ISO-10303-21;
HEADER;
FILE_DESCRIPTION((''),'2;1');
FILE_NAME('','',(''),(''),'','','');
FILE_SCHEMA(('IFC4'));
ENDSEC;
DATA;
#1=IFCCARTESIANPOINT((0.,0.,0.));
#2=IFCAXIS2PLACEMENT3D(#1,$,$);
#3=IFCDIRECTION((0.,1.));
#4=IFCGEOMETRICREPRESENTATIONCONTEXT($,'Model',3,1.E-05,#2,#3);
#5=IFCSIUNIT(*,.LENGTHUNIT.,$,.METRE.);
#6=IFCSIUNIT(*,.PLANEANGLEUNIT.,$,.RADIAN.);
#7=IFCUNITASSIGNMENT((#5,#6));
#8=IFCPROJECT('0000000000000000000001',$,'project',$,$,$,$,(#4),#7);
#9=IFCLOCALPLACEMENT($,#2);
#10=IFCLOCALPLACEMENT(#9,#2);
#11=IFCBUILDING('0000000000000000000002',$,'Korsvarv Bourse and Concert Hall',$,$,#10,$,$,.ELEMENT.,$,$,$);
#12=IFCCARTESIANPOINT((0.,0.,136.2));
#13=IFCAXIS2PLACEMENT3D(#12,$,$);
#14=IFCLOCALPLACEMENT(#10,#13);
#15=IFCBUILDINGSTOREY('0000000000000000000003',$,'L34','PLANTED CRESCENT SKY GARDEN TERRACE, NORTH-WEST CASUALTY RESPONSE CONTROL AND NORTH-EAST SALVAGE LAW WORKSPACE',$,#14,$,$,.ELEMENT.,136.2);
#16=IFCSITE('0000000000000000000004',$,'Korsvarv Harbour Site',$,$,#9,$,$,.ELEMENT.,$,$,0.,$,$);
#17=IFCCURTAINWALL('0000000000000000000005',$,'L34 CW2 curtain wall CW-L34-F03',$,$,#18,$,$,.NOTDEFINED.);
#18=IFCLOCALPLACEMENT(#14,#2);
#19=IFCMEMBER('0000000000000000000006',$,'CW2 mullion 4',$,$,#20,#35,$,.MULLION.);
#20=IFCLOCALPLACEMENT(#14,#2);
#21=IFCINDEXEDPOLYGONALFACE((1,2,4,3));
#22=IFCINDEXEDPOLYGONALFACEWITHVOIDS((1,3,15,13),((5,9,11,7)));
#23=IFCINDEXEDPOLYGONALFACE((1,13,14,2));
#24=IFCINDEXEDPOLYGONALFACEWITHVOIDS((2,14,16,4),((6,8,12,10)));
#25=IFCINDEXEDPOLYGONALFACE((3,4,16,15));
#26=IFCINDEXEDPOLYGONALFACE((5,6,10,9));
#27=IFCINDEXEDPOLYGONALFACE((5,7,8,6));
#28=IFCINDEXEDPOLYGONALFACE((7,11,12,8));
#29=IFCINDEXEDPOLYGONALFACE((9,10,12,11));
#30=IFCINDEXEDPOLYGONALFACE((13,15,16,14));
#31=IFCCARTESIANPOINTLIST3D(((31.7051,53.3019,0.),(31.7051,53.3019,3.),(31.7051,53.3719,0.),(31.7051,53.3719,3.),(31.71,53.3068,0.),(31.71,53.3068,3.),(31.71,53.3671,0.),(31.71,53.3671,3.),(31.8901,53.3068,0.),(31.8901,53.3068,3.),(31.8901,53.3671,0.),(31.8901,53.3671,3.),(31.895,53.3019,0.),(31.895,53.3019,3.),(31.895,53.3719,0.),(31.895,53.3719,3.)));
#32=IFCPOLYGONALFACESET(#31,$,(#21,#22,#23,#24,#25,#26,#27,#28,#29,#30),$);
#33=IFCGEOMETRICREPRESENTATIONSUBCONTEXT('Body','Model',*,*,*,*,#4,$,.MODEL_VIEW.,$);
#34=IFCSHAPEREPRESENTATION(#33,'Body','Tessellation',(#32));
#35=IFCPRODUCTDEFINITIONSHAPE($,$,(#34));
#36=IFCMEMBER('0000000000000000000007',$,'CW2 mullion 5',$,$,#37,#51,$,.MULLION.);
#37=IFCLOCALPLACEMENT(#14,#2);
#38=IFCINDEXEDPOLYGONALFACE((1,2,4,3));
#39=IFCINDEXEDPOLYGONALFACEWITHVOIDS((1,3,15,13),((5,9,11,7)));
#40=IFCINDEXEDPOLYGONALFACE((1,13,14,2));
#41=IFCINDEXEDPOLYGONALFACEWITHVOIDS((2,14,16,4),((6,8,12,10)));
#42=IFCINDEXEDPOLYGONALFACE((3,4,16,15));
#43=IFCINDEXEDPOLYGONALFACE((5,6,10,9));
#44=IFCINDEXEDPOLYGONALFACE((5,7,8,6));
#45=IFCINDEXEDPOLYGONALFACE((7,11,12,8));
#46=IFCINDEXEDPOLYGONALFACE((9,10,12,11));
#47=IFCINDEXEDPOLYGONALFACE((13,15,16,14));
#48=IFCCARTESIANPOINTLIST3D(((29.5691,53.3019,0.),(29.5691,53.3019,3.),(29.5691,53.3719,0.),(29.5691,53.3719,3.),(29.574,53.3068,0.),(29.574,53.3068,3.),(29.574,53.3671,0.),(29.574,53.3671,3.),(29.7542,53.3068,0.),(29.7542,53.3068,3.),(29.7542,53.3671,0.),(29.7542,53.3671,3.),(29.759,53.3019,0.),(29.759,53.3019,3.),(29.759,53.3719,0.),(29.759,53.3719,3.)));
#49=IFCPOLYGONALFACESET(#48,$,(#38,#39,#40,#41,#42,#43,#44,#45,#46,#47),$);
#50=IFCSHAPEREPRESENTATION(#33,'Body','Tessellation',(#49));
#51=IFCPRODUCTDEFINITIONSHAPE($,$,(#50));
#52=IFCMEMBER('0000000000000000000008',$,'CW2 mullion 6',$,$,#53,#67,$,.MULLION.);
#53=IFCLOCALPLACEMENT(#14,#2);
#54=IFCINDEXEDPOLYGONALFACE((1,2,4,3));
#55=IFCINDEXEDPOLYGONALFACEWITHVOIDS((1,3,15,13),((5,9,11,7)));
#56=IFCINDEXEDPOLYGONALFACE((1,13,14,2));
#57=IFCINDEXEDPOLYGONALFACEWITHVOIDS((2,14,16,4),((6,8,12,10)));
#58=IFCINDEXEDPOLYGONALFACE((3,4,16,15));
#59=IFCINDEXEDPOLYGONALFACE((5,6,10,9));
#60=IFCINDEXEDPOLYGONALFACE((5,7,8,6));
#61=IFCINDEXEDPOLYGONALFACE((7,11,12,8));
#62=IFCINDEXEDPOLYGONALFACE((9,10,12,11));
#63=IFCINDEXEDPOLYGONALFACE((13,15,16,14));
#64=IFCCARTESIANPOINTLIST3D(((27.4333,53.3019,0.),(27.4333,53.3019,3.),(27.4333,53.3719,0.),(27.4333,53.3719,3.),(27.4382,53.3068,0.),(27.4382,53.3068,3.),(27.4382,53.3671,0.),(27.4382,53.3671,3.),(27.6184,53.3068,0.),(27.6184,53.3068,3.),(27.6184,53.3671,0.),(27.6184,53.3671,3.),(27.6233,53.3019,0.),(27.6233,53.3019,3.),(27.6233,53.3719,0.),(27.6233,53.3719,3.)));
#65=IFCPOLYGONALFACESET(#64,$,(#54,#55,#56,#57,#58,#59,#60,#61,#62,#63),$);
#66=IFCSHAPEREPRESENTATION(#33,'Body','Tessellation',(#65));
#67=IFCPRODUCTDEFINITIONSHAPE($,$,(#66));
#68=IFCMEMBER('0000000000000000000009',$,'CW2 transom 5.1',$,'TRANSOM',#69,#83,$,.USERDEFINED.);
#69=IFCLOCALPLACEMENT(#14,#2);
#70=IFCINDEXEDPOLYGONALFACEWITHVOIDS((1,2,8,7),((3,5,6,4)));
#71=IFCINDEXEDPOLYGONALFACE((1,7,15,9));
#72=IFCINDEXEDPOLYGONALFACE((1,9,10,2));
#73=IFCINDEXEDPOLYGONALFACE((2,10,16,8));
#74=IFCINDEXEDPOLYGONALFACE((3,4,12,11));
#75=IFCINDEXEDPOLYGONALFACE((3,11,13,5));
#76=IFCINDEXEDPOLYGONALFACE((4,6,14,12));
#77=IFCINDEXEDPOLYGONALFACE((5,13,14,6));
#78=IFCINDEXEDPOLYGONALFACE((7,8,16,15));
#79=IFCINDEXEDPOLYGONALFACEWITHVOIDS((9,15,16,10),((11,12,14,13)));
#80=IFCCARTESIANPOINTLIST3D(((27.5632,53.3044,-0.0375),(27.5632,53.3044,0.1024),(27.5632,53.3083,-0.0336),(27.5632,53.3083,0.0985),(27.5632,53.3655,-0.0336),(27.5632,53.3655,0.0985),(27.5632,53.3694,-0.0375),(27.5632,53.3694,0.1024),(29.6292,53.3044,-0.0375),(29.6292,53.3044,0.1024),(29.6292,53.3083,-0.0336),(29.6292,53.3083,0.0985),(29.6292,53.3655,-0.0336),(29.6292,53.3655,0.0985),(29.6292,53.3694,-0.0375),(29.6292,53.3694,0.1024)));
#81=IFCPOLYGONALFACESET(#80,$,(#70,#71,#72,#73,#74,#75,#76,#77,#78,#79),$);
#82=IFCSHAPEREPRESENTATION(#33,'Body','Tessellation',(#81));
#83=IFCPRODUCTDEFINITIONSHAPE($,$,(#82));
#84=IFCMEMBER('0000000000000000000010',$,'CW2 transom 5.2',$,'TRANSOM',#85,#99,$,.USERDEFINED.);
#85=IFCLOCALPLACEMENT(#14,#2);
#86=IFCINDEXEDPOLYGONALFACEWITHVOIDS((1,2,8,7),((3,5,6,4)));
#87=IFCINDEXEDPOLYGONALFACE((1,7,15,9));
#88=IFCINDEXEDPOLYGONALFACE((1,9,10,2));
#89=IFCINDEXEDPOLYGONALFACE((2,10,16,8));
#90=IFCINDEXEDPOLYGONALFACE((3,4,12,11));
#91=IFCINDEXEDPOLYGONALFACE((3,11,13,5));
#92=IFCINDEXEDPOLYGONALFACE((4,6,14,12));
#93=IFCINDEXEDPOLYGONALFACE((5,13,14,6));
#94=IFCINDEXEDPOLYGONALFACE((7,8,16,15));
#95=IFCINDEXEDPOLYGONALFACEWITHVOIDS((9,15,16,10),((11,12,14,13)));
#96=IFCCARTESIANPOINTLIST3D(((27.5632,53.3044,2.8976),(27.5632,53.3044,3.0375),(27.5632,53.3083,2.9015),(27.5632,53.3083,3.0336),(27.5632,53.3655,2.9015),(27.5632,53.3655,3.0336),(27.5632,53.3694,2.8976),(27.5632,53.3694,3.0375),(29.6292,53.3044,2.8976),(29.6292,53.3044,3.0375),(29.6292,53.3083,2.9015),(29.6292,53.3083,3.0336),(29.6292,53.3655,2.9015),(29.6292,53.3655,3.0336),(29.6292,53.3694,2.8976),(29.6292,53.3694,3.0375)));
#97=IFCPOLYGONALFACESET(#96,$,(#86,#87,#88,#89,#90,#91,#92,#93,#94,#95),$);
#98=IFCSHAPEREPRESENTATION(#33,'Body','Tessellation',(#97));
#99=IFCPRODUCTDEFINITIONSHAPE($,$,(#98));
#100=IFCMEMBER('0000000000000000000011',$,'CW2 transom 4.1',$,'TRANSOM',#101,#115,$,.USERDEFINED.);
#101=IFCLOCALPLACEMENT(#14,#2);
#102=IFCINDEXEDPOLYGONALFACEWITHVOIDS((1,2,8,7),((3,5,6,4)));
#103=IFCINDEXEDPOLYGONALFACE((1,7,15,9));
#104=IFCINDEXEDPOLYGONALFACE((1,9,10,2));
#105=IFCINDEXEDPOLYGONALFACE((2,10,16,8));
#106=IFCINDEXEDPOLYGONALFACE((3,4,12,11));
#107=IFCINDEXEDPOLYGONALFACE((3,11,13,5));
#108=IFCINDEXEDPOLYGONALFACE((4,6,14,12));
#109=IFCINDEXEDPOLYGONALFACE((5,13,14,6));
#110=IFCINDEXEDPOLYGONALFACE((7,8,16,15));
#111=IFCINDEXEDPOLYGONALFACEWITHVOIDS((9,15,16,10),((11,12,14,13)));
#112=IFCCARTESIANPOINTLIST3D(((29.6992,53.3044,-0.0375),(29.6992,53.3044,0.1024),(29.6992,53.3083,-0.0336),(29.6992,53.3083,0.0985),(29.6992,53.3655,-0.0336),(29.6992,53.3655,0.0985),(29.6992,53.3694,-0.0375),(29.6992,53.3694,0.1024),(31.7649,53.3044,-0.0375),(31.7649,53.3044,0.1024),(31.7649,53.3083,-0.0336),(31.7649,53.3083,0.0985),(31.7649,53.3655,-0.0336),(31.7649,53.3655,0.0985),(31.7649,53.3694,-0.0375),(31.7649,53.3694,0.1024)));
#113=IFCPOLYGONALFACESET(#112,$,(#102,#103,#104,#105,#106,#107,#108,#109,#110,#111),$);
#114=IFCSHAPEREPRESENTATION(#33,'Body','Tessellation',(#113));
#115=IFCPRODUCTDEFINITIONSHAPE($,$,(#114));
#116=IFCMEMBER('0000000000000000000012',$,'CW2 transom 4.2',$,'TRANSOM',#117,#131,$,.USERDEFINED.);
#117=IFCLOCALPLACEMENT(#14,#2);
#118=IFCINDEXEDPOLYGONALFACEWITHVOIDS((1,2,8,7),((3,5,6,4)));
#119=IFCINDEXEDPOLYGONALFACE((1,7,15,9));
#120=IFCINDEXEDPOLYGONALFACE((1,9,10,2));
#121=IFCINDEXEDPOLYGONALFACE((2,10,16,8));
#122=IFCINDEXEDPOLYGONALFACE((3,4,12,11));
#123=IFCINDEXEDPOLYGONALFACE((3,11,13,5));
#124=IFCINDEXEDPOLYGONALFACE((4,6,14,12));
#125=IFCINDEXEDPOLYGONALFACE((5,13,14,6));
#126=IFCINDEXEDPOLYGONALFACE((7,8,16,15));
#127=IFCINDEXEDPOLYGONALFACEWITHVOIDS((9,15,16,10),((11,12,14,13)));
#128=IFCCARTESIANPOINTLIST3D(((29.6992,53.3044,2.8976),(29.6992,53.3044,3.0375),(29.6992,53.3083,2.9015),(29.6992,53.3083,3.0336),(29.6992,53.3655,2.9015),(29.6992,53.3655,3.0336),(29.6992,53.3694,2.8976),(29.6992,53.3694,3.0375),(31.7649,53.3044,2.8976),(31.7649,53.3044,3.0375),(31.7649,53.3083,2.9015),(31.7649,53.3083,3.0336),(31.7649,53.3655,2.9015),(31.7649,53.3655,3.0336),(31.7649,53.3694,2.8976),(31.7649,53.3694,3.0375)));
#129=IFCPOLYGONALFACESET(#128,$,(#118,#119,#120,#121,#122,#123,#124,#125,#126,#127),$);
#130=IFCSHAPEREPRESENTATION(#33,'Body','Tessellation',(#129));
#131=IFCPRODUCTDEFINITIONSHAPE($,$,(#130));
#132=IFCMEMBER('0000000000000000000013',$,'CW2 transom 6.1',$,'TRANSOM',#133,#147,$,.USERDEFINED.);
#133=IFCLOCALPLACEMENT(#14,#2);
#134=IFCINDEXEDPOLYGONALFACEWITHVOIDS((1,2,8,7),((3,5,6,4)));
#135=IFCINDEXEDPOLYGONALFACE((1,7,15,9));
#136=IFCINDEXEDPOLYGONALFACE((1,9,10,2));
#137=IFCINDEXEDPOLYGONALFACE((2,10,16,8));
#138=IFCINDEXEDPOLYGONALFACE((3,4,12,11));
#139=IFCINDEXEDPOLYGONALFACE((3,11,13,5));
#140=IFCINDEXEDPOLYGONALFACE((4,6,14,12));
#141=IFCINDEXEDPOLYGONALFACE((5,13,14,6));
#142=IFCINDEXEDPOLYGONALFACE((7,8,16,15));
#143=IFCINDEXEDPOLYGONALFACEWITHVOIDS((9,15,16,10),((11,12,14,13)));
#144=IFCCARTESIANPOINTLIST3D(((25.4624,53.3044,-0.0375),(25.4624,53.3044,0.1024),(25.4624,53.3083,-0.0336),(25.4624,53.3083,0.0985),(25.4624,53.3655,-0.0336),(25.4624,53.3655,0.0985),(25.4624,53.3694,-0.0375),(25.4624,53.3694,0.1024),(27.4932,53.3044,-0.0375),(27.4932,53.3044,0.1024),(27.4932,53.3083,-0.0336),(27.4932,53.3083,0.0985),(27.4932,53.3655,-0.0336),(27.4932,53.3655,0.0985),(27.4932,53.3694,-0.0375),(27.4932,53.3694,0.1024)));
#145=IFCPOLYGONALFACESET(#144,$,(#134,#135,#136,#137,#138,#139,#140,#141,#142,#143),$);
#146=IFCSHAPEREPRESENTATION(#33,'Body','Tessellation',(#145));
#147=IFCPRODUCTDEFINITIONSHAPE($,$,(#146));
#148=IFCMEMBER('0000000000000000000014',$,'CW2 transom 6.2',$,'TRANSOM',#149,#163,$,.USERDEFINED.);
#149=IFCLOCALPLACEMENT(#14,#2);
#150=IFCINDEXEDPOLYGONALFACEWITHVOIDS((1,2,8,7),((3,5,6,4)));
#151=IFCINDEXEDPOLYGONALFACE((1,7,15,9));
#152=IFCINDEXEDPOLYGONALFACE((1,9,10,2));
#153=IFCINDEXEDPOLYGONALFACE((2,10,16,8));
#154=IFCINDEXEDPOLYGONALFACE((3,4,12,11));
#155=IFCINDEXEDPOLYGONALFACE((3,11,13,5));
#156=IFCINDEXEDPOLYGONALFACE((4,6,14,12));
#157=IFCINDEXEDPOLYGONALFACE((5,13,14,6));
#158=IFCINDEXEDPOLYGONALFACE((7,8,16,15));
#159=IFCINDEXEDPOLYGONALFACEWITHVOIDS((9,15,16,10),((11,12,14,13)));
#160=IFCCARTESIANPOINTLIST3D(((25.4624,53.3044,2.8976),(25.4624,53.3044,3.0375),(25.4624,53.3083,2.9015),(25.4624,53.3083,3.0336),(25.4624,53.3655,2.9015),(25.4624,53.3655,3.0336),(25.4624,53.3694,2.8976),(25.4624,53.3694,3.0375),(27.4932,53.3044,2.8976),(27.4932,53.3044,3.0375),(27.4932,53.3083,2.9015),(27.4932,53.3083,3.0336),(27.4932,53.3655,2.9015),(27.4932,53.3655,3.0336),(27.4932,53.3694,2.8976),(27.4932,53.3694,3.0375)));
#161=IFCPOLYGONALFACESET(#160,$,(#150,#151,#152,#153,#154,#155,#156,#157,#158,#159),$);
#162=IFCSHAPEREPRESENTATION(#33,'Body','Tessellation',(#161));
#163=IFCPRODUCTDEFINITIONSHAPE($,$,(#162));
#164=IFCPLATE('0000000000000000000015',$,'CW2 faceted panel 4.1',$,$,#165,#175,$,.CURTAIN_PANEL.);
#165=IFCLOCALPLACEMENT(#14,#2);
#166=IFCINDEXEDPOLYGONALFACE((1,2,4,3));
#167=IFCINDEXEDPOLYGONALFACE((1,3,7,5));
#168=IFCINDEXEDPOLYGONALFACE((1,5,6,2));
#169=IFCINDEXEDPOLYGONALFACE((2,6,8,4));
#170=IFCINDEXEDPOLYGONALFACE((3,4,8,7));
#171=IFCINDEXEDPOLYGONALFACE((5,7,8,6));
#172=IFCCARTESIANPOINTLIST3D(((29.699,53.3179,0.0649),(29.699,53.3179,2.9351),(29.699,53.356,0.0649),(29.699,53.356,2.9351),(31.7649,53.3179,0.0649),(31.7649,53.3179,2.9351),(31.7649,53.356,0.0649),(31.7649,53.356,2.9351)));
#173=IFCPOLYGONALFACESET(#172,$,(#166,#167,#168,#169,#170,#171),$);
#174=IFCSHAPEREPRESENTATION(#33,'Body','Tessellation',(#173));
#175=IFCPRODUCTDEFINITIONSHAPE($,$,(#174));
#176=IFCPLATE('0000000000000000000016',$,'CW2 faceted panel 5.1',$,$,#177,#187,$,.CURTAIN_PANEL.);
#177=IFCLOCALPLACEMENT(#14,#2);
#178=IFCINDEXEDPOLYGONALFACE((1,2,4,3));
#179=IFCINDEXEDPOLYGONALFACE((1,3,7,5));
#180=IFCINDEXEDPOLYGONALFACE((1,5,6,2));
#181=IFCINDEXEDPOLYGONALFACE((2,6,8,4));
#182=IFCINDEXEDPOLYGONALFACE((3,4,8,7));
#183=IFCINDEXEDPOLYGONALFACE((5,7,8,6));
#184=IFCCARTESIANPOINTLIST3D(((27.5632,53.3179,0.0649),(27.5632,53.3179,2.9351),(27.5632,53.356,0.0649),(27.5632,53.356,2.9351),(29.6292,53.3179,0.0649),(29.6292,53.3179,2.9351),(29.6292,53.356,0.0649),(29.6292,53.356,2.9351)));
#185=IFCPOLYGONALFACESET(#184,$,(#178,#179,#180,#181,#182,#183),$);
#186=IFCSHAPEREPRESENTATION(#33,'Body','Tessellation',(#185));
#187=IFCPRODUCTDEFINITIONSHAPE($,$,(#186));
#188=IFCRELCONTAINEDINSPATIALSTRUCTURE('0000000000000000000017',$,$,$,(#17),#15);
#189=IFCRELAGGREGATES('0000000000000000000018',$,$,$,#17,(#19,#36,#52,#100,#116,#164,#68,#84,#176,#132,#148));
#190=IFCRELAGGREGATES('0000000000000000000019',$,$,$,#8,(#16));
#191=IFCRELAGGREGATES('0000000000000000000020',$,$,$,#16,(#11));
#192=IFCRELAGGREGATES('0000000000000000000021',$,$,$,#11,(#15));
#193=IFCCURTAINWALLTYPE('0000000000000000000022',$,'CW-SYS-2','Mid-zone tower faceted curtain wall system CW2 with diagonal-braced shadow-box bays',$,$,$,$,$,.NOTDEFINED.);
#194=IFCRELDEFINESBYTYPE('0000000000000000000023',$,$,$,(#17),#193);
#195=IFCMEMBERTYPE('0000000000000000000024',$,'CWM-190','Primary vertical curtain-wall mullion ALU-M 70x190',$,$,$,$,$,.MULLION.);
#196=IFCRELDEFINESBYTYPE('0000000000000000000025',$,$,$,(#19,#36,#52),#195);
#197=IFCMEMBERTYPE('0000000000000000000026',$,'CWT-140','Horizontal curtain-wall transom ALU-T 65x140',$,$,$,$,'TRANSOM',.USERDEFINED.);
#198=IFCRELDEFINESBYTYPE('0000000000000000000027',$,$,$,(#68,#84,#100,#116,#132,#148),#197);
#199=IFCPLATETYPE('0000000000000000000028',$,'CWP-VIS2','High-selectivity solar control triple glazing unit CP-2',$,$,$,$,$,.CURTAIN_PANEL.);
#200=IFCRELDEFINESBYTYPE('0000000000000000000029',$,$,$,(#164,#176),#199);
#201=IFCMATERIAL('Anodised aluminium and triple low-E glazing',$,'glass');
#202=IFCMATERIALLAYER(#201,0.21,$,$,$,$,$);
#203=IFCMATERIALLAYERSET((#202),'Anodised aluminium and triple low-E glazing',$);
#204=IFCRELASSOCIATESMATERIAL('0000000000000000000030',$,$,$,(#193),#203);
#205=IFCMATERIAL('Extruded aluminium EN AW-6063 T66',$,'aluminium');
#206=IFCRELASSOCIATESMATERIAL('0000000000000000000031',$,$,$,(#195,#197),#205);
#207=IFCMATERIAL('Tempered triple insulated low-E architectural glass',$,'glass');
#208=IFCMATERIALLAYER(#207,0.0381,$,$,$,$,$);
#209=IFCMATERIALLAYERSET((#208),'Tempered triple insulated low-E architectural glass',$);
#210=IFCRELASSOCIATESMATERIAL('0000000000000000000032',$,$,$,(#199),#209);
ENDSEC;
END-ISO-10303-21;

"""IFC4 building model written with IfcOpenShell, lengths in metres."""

from ifc_helpers import new_model, si_unit, direction, frame, origin, origin_2d, place, context, subcontext, project, spatial, rectangle, hollow_rectangle, extrude, source, transform, mapped, material, layer, layer_set, material_profile, profile_set, type_object, element, aggregate, save


model = new_model("IFC4")

# Units and contexts
model_context = context("Model", 3, precision=1e-05, world=origin(), true_north=direction((0.0, 1.0)))
body_context = subcontext(model_context, "Body", "Model", "MODEL_VIEW")
ifc_project = project(units=[si_unit("LENGTHUNIT", "METRE"), si_unit("PLANEANGLEUNIT", "RADIAN")], contexts=[model_context])

# Site, building, storey
site_placement = place(None, origin())
site = spatial("IfcSite", under=ifc_project, at=site_placement, Name="Korsvarv Harbour Site", CompositionType="ELEMENT", RefElevation=0.0)
building_placement = place(site_placement, origin())
building = spatial("IfcBuilding", under=site, at=building_placement, Name="Korsvarv Bourse and Concert Hall", CompositionType="ELEMENT")
storey_placement = place(building_placement, frame((0.0, 0.0, 136.2)))
storey = spatial("IfcBuildingStorey", under=building, at=storey_placement, Name="L34", Description="PLANTED CRESCENT SKY GARDEN TERRACE, NORTH-WEST CASUALTY RESPONSE CONTROL AND NORTH-EAST SALVAGE LAW WORKSPACE", CompositionType="ELEMENT", Elevation=136.2)

# Curtain wall, members, plates
ifc_material_1 = material(Name="Anodised aluminium and triple low-E glazing", Category="glass")
ifc_layer_1 = layer(ifc_material_1, 0.21)
ifc_layer_set_1 = layer_set([ifc_layer_1], Name="Anodised aluminium and triple low-E glazing")
curtain_wall_type = type_object("IfcCurtainWallType", Name="CW-SYS-2", Description="Mid-zone tower faceted curtain wall system CW2 with diagonal-braced shadow-box bays", PredefinedType="NOTDEFINED", material=ifc_layer_set_1)
curtain_wall_placement = place(storey_placement, origin())
curtain_wall = element("IfcCurtainWall", 1, at=curtain_wall_placement, inside=storey, type_object=curtain_wall_type, Name="L34 CW2 curtain wall CW-L34-F03", PredefinedType="NOTDEFINED")
ifc_material_2 = material(Name="Extruded aluminium EN AW-6063 T66", Category="aluminium")
ifc_material_profile_1 = material_profile(ifc_material_2, hollow_rectangle(XDim=0.0701, YDim=0.1899, WallThickness=0.0049, at=origin_2d()), Name="ALU-M 70x190")
ifc_profile_set_1 = profile_set([ifc_material_profile_1], Name="Extruded aluminium EN AW-6063 T66")
member_type_1 = type_object("IfcMemberType", Name="CWM-190", Description="Primary vertical curtain-wall mullion ALU-M 70x190", PredefinedType="MULLION", material=ifc_profile_set_1)
shared_shape_1 = source(origin(), body_context, "Body", "SweptSolid", [
    extrude(hollow_rectangle(XDim=0.0701, YDim=0.1899, WallThickness=0.0049, at=origin_2d()), origin(), (0.0, 0.0, 1.0), 3.0),
])
member_1_placement = place(storey_placement, frame((31.8, 53.3369, 0.0), z_axis=(0.0, 0.0, 1.0), x_axis=(0.0, -1.0, 0.0)))
member_1 = element("IfcMember", 2, at=member_1_placement, type_object=member_type_1, Name="CW2 mullion 4", PredefinedType="MULLION", context=body_context, shape_type="MappedRepresentation", body=[
    mapped(shared_shape_1, transform((0.0, 0.0, 0.0), scale=1.0)),
])
member_2_placement = place(storey_placement, frame((29.6641, 53.3369, 0.0), z_axis=(0.0, 0.0, 1.0), x_axis=(0.0, -1.0, 0.0)))
member_2 = element("IfcMember", 3, at=member_2_placement, type_object=member_type_1, Name="CW2 mullion 5", PredefinedType="MULLION", context=body_context, shape_type="MappedRepresentation", body=[
    mapped(shared_shape_1, transform((0.0, 0.0, 0.0), scale=1.0)),
])
member_3_placement = place(storey_placement, frame((27.5283, 53.3369, 0.0), z_axis=(0.0, 0.0, 1.0), x_axis=(0.0, -1.0, 0.0)))
member_3 = element("IfcMember", 4, at=member_3_placement, type_object=member_type_1, Name="CW2 mullion 6", PredefinedType="MULLION", context=body_context, shape_type="MappedRepresentation", body=[
    mapped(shared_shape_1, transform((0.0, 0.0, 0.0), scale=1.0)),
])
ifc_material_profile_2 = material_profile(ifc_material_2, hollow_rectangle(XDim=0.0649, YDim=0.1399, WallThickness=0.0039, at=origin_2d()), Name="ALU-T 65x140")
ifc_profile_set_2 = profile_set([ifc_material_profile_2], Name="Extruded aluminium EN AW-6063 T66")
member_type_2 = type_object("IfcMemberType", Name="CWT-140", Description="Horizontal curtain-wall transom ALU-T 65x140", ElementType="TRANSOM", PredefinedType="USERDEFINED", material=ifc_profile_set_2)
shared_shape_2 = source(origin(), body_context, "Body", "SweptSolid", [
    extrude(hollow_rectangle(XDim=0.0649, YDim=0.1399, WallThickness=0.0039, at=origin_2d()), origin(), (0.0, 0.0, 1.0), 2.0659),
])
member_4_placement = place(storey_placement, frame((29.6292, 53.3369, 0.0325), z_axis=(-1.0, 0.0, 0.0), x_axis=(0.0, -1.0, 0.0)))
member_4 = element("IfcMember", 5, at=member_4_placement, type_object=member_type_2, Name="CW2 transom 5.1", ObjectType="TRANSOM", PredefinedType="USERDEFINED", context=body_context, shape_type="MappedRepresentation", body=[
    mapped(shared_shape_2, transform((0.0, 0.0, 0.0), scale=1.0)),
])
member_5_placement = place(storey_placement, frame((29.6292, 53.3369, 2.9675), z_axis=(-1.0, 0.0, 0.0), x_axis=(0.0, -1.0, 0.0)))
member_5 = element("IfcMember", 6, at=member_5_placement, type_object=member_type_2, Name="CW2 transom 5.2", ObjectType="TRANSOM", PredefinedType="USERDEFINED", context=body_context, shape_type="MappedRepresentation", body=[
    mapped(shared_shape_2, transform((0.0, 0.0, 0.0), scale=1.0)),
])
shared_shape_3 = source(origin(), body_context, "Body", "SweptSolid", [
    extrude(hollow_rectangle(XDim=0.0649, YDim=0.1399, WallThickness=0.0039, at=origin_2d()), origin(), (0.0, 0.0, 1.0), 2.0657),
])
member_6_placement = place(storey_placement, frame((31.7649, 53.3369, 0.0325), z_axis=(-1.0, 0.0, 0.0), x_axis=(0.0, -1.0, 0.0)))
member_6 = element("IfcMember", 7, at=member_6_placement, type_object=member_type_2, Name="CW2 transom 4.1", ObjectType="TRANSOM", PredefinedType="USERDEFINED", context=body_context, shape_type="MappedRepresentation", body=[
    mapped(shared_shape_3, transform((0.0, 0.0, 0.0), scale=1.0)),
])
member_7_placement = place(storey_placement, frame((31.7649, 53.3369, 2.9675), z_axis=(-1.0, 0.0, 0.0), x_axis=(0.0, -1.0, 0.0)))
member_7 = element("IfcMember", 8, at=member_7_placement, type_object=member_type_2, Name="CW2 transom 4.2", ObjectType="TRANSOM", PredefinedType="USERDEFINED", context=body_context, shape_type="MappedRepresentation", body=[
    mapped(shared_shape_3, transform((0.0, 0.0, 0.0), scale=1.0)),
])
shared_shape_4 = source(origin(), body_context, "Body", "SweptSolid", [
    extrude(hollow_rectangle(XDim=0.0649, YDim=0.1399, WallThickness=0.0039, at=origin_2d()), origin(), (0.0, 0.0, 1.0), 2.0308),
])
member_8_placement = place(storey_placement, frame((27.4932, 53.3369, 0.0325), z_axis=(-1.0, 0.0, 0.0), x_axis=(0.0, -1.0, 0.0)))
member_8 = element("IfcMember", 9, at=member_8_placement, type_object=member_type_2, Name="CW2 transom 6.1", ObjectType="TRANSOM", PredefinedType="USERDEFINED", context=body_context, shape_type="MappedRepresentation", body=[
    mapped(shared_shape_4, transform((0.0, 0.0, 0.0), scale=1.0)),
])
member_9_placement = place(storey_placement, frame((27.4932, 53.3369, 2.9675), z_axis=(-1.0, 0.0, 0.0), x_axis=(0.0, -1.0, 0.0)))
member_9 = element("IfcMember", 10, at=member_9_placement, type_object=member_type_2, Name="CW2 transom 6.2", ObjectType="TRANSOM", PredefinedType="USERDEFINED", context=body_context, shape_type="MappedRepresentation", body=[
    mapped(shared_shape_4, transform((0.0, 0.0, 0.0), scale=1.0)),
])
ifc_material_3 = material(Name="Tempered triple insulated low-E architectural glass", Category="glass")
ifc_layer_2 = layer(ifc_material_3, 0.0381)
ifc_layer_set_2 = layer_set([ifc_layer_2], Name="Tempered triple insulated low-E architectural glass")
plate_type_1 = type_object("IfcPlateType", Name="CWP-VIS2", Description="High-selectivity solar control triple glazing unit CP-2", PredefinedType="CURTAIN_PANEL", material=ifc_layer_set_2)
shared_shape_5 = source(origin(), body_context, "Body", "SweptSolid", [
    extrude(rectangle(XDim=2.0659, YDim=0.0381, at=origin_2d()), origin(), (0.0, 0.0, 1.0), 2.8701),
])
plate_1_placement = place(storey_placement, frame((30.7319, 53.3369, 0.0649), z_axis=(0.0, 0.0, 1.0), x_axis=(-1.0, 0.0, 0.0)))
plate_1 = element("IfcPlate", 11, at=plate_1_placement, type_object=plate_type_1, Name="CW2 faceted panel 4.1", PredefinedType="CURTAIN_PANEL", context=body_context, shape_type="MappedRepresentation", body=[
    mapped(shared_shape_5, transform((0.0, 0.0, 0.0), scale=1.0)),
])
plate_2_placement = place(storey_placement, frame((28.5962, 53.3369, 0.0649), z_axis=(0.0, 0.0, 1.0), x_axis=(-1.0, 0.0, 0.0)))
plate_2 = element("IfcPlate", 12, at=plate_2_placement, type_object=plate_type_1, Name="CW2 faceted panel 5.1", PredefinedType="CURTAIN_PANEL", context=body_context, shape_type="MappedRepresentation", body=[
    mapped(shared_shape_5, transform((0.0, 0.0, 0.0), scale=1.0)),
])
aggregate(curtain_wall, [member_1, member_2, member_3, member_6, member_7, plate_1, member_4, member_5, plate_2, member_8, member_9])

save(model, "model.ifc")
